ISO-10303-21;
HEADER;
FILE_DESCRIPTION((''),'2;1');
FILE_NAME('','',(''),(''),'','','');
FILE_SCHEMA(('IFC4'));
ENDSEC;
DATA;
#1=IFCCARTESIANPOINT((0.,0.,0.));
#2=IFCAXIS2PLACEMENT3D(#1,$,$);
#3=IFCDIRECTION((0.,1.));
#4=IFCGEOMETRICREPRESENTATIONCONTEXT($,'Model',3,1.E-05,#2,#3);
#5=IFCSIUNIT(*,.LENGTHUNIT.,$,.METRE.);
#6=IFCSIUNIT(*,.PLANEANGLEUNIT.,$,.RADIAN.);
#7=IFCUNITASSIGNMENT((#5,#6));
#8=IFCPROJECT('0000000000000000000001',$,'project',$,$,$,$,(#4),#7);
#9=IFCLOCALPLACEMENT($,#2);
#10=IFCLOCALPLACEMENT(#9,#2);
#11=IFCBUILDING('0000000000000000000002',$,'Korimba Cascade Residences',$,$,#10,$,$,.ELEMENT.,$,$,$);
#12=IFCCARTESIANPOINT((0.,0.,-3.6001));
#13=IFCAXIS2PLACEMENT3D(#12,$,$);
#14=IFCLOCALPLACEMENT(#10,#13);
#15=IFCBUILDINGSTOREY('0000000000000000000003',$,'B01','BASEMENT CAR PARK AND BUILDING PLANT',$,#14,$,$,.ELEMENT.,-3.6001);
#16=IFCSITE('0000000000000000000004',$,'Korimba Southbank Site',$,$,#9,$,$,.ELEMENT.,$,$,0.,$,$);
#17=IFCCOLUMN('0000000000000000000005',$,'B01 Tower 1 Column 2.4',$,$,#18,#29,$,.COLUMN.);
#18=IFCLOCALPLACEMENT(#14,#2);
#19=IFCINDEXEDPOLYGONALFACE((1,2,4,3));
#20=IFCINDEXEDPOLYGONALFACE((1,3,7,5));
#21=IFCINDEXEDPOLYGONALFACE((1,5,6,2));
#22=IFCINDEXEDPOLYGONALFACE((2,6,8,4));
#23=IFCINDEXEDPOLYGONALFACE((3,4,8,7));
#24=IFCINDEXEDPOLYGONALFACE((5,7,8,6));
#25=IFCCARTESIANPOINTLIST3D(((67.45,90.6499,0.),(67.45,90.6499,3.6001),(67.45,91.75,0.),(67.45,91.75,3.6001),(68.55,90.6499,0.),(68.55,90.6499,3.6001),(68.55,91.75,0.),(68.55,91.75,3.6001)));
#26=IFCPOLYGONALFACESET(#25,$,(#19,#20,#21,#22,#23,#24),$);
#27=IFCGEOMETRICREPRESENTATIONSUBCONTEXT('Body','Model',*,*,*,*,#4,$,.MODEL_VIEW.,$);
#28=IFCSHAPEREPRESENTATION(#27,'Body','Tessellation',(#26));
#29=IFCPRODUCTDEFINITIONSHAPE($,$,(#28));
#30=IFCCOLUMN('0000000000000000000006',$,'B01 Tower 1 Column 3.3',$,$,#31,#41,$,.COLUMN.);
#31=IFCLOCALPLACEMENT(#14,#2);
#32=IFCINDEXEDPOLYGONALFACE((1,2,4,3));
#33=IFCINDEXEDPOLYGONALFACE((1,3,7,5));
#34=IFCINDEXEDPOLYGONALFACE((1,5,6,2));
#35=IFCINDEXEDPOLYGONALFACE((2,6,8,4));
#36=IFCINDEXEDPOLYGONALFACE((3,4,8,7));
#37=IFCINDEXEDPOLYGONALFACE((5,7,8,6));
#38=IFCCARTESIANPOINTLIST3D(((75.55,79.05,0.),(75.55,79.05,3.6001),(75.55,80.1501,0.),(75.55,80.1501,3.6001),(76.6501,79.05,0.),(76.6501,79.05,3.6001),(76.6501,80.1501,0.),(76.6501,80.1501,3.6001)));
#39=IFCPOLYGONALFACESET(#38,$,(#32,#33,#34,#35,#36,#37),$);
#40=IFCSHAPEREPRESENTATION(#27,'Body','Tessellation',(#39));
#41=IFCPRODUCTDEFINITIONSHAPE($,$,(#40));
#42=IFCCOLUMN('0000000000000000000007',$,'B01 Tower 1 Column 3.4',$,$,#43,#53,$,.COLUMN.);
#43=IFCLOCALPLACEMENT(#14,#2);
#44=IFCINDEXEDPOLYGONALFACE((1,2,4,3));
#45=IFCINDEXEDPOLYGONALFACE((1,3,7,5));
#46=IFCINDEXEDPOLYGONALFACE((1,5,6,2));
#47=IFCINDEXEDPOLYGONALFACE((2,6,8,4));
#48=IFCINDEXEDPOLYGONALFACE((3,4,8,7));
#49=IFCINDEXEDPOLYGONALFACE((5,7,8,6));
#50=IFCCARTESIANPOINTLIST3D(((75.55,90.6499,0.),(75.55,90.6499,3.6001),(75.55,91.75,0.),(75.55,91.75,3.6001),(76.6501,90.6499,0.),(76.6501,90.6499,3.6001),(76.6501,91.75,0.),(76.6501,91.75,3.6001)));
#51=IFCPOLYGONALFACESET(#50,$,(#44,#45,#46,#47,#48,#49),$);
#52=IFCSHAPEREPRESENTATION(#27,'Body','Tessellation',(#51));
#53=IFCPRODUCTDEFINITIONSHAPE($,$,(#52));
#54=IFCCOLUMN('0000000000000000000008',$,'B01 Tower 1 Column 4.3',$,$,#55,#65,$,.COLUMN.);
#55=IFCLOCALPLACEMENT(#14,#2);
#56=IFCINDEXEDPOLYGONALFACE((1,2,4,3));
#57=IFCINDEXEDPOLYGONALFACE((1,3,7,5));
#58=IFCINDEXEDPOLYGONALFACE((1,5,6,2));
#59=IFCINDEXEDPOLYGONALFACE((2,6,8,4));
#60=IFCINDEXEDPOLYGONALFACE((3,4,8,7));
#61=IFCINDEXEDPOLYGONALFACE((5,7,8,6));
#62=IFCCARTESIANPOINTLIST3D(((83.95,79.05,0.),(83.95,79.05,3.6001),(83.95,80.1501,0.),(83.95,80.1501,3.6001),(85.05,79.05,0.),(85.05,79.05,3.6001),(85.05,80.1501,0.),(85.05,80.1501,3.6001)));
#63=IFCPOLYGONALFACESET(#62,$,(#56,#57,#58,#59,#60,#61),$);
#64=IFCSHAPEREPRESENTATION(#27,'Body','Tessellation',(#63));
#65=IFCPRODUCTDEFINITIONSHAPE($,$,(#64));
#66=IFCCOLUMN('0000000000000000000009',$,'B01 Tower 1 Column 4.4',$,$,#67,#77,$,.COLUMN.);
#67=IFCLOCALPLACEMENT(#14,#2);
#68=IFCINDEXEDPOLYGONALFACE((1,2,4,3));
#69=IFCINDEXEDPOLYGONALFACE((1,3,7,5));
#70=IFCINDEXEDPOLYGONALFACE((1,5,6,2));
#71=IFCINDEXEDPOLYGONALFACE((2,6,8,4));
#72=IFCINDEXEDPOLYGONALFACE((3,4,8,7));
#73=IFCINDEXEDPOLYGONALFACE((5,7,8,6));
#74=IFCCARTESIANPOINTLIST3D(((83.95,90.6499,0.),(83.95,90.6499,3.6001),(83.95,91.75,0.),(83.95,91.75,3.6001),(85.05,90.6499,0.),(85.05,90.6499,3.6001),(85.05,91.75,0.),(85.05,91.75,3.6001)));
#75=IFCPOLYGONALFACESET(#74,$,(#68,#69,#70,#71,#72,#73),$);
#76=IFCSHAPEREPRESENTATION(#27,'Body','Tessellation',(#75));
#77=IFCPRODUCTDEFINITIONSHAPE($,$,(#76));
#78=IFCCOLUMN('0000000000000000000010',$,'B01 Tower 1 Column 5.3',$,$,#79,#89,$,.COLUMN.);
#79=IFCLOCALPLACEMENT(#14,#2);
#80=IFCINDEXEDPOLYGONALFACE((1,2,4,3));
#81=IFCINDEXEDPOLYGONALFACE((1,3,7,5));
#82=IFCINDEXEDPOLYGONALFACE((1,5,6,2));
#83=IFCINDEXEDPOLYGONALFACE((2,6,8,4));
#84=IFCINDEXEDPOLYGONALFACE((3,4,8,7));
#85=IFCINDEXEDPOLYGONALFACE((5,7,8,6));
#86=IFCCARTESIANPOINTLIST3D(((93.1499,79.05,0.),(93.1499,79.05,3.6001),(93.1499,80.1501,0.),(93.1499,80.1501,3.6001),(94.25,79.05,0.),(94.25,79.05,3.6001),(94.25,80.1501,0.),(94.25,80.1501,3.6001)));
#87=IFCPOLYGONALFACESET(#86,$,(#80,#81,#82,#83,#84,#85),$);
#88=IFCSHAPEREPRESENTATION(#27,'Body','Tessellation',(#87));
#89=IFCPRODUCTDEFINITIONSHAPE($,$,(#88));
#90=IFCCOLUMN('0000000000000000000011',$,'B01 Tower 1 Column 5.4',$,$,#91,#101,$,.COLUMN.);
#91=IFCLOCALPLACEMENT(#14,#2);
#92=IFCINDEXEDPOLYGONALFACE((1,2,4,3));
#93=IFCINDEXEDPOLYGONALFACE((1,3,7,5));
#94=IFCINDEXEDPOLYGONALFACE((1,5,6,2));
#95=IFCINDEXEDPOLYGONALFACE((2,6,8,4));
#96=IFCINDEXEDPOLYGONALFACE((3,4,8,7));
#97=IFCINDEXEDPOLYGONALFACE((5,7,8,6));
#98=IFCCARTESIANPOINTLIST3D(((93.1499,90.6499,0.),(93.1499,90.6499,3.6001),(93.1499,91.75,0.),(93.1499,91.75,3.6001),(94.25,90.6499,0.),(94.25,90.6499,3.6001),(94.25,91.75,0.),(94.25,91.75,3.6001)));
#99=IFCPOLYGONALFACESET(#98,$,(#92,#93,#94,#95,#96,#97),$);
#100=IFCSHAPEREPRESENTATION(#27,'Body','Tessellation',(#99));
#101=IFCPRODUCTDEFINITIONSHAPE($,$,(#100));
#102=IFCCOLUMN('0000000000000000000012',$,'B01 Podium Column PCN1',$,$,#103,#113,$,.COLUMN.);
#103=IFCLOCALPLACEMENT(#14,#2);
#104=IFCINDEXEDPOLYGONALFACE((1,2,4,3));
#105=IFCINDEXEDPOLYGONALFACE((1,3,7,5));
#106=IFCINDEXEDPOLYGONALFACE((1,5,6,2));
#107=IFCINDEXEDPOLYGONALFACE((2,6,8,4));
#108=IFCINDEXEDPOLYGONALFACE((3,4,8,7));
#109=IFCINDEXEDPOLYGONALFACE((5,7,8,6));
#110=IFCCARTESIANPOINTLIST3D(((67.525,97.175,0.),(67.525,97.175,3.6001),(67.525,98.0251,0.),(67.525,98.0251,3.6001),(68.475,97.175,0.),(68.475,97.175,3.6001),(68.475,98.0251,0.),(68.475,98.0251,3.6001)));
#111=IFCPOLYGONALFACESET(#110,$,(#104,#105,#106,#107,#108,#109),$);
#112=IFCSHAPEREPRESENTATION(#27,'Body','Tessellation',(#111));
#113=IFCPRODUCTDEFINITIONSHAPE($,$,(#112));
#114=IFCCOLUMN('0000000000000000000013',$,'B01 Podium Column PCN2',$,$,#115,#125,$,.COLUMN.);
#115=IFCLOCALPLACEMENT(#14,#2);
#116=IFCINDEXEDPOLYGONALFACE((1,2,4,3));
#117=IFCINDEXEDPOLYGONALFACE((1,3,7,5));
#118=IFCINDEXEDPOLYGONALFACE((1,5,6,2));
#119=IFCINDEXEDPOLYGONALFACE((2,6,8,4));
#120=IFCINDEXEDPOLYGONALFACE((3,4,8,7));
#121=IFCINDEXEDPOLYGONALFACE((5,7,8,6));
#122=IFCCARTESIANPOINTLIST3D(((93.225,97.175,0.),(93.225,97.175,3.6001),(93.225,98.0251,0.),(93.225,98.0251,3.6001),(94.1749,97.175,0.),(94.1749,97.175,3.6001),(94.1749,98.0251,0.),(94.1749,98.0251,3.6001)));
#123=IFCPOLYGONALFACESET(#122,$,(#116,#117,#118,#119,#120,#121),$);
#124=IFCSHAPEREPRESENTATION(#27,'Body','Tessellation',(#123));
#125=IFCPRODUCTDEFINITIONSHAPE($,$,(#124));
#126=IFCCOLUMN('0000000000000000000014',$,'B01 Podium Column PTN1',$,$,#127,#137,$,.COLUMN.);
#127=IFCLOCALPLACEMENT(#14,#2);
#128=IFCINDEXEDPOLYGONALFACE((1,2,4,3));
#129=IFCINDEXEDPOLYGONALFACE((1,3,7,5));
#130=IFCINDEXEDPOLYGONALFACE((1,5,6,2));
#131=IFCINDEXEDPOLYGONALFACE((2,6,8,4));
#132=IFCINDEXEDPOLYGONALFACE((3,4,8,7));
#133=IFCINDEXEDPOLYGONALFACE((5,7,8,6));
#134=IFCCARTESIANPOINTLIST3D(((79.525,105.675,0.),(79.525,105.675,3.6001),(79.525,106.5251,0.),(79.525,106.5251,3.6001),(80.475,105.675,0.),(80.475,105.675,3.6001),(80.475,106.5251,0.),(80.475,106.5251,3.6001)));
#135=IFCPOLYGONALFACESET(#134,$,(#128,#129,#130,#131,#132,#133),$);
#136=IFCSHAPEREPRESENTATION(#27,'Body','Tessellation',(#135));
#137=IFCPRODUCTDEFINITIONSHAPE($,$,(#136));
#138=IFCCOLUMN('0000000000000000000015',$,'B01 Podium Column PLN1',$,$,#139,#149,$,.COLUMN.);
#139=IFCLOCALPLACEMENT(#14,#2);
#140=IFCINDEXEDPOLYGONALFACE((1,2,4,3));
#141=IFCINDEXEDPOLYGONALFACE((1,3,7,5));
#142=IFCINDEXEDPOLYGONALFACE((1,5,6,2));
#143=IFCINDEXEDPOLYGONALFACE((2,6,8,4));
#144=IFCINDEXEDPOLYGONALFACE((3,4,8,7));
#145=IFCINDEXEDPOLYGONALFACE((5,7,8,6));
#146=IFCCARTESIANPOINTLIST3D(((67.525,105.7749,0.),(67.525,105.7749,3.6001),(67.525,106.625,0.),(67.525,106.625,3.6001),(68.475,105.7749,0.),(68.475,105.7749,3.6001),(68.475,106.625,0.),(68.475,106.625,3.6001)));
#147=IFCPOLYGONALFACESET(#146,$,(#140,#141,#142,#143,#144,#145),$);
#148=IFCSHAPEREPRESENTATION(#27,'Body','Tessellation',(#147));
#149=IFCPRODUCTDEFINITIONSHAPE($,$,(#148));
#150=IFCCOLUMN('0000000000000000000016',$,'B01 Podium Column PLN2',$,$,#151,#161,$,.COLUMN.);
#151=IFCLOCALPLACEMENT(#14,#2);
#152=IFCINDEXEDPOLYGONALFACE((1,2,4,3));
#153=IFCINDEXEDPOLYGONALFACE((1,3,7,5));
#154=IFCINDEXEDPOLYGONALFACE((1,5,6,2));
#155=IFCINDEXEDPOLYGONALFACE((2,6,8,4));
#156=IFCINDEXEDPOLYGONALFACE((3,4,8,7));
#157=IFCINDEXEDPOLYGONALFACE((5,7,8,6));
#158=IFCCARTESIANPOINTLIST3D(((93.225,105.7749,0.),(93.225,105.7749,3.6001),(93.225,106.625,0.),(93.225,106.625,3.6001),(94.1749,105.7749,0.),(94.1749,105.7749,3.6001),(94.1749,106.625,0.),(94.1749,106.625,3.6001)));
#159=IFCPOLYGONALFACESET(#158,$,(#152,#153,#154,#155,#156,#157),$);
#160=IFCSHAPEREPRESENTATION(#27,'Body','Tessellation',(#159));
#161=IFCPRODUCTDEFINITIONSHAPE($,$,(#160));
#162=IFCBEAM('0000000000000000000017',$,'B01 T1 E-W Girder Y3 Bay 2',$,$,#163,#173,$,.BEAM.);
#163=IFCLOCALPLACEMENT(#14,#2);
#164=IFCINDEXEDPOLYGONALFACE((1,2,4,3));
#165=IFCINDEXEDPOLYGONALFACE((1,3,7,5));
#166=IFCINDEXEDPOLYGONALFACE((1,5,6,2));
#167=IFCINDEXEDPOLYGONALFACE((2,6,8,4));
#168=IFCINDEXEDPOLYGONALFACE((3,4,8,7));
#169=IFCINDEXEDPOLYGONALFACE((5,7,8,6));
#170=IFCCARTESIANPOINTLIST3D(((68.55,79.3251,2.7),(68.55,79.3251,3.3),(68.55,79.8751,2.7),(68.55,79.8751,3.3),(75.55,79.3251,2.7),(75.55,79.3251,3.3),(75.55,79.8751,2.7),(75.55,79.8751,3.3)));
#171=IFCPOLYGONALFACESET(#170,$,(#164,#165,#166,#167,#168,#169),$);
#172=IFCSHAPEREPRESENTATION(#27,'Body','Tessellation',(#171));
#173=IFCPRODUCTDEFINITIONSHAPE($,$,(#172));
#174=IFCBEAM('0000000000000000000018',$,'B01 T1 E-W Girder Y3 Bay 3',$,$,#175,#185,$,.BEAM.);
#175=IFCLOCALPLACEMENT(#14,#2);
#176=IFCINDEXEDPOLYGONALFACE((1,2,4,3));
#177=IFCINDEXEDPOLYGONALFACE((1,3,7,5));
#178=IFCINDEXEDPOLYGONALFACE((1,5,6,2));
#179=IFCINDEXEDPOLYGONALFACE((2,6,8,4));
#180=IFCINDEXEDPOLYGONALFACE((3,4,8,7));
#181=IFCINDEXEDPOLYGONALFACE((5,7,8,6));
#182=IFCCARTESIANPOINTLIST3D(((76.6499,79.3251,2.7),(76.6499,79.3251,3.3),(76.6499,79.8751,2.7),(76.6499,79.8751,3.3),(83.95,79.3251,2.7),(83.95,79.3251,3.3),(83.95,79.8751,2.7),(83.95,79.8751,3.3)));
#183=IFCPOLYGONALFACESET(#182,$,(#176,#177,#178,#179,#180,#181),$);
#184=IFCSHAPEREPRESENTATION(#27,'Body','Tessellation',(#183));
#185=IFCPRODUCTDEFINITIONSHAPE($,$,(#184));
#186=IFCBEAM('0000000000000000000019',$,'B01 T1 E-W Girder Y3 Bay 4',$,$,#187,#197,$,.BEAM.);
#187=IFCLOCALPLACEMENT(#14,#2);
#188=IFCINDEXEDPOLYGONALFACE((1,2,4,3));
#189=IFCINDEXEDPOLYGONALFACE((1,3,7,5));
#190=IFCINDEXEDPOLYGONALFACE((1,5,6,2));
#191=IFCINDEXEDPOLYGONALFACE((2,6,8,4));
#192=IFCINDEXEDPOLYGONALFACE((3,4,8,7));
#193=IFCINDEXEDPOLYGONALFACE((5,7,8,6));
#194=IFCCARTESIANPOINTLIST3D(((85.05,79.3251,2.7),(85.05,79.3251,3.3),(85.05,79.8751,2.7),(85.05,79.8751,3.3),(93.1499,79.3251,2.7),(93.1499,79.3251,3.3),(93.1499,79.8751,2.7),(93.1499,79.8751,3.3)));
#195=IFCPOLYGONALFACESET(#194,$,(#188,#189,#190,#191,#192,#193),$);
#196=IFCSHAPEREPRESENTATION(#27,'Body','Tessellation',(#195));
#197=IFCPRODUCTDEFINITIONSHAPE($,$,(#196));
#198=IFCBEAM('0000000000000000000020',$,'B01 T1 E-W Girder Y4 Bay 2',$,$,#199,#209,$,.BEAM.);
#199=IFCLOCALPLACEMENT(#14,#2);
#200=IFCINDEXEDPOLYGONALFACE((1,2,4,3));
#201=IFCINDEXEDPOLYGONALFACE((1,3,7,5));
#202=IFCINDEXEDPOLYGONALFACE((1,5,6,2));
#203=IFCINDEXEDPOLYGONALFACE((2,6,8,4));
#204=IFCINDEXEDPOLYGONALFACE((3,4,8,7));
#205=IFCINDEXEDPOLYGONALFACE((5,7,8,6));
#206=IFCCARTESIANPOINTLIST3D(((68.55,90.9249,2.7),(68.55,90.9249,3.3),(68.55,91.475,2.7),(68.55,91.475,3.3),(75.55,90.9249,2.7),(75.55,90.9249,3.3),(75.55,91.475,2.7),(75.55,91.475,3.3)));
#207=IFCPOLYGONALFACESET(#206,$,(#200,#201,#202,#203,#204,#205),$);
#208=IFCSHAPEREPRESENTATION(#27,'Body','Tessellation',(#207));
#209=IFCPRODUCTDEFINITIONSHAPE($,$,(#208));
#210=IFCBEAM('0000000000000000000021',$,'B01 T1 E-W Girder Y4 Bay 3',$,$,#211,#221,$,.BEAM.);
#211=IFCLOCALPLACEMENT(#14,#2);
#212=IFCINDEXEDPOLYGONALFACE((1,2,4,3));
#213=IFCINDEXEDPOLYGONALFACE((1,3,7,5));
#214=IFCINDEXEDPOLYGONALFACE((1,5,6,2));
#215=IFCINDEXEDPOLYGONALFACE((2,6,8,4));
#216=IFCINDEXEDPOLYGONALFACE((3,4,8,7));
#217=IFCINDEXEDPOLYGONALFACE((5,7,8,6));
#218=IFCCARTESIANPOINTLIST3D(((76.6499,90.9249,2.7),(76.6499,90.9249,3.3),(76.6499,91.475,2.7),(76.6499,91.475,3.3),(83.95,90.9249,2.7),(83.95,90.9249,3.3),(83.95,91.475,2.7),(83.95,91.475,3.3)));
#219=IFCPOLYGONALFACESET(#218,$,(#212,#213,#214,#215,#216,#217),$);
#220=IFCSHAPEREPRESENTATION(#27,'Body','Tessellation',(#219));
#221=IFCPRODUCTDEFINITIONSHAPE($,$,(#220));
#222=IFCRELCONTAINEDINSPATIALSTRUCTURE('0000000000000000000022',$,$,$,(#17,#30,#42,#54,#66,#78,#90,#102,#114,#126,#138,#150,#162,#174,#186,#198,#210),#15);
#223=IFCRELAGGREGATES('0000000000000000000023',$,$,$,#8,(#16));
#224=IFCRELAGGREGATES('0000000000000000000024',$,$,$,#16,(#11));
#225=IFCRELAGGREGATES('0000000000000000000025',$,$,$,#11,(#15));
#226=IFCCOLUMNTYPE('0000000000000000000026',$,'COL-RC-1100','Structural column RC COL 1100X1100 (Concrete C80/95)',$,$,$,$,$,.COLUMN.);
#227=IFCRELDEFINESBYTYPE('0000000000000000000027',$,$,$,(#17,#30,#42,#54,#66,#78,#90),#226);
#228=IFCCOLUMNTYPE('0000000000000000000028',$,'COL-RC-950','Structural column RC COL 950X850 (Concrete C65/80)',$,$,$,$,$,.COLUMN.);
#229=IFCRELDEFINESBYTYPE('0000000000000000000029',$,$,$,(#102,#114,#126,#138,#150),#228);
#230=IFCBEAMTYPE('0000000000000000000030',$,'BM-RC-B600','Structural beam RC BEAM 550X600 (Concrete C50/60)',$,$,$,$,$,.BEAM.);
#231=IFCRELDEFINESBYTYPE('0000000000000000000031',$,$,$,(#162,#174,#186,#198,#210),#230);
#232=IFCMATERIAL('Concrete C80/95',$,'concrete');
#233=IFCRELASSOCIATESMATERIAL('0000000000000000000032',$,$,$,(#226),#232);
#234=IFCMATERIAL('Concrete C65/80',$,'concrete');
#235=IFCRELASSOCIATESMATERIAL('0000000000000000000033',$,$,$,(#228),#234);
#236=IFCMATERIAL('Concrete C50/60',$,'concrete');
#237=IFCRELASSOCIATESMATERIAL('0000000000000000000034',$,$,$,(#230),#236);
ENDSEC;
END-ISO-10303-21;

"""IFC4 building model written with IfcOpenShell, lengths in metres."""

from ifc_helpers import new_model, si_unit, direction, frame, origin, origin_2d, place, context, subcontext, project, spatial, rectangle, extrude, material, material_profile, profile_set, type_object, element, save


model = new_model("IFC4")

# Units and contexts
model_context = context("Model", 3, precision=1e-05, world=origin(), true_north=direction((0.0, 1.0)))
body_context = subcontext(model_context, "Body", "Model", "MODEL_VIEW")
ifc_project = project(units=[si_unit("LENGTHUNIT", "METRE"), si_unit("PLANEANGLEUNIT", "RADIAN")], contexts=[model_context])

# Site, building, storey
site_placement = place(None, origin())
site = spatial("IfcSite", under=ifc_project, at=site_placement, Name="Korimba Southbank Site", CompositionType="ELEMENT", RefElevation=0.0)
building_placement = place(site_placement, origin())
building = spatial("IfcBuilding", under=site, at=building_placement, Name="Korimba Cascade Residences", CompositionType="ELEMENT")
storey_placement = place(building_placement, frame((0.0, 0.0, -3.6001)))
storey = spatial("IfcBuildingStorey", under=building, at=storey_placement, Name="B01", Description="BASEMENT CAR PARK AND BUILDING PLANT", CompositionType="ELEMENT", Elevation=-3.6001)

# Columns
ifc_material_1 = material(Name="Concrete C80/95", Category="concrete")
ifc_material_profile_1 = material_profile(ifc_material_1, rectangle(XDim=1.1001, YDim=1.1001, at=origin_2d()), Name="Concrete C80/95")
ifc_profile_set_1 = profile_set([ifc_material_profile_1], Name="Concrete C80/95")
column_type_1 = type_object("IfcColumnType", Name="COL-RC-1100", Description="Structural column RC COL 1100X1100 (Concrete C80/95)", PredefinedType="COLUMN", material=ifc_profile_set_1)
for number, where, z_axis, x_axis, name in (
    (1, (68.0, 91.2, 0.0), (0.0, 0.0, 1.0), (1.0, 0.0, 0.0), "B01 Tower 1 Column 2.4"),
    (2, (76.1001, 79.6001, 0.0), (0.0, 0.0, 1.0), (1.0, 0.0, 0.0), "B01 Tower 1 Column 3.3"),
    (3, (76.1001, 91.2, 0.0), (0.0, 0.0, 1.0), (1.0, 0.0, 0.0), "B01 Tower 1 Column 3.4"),
    (4, (84.5, 79.6001, 0.0), (0.0, 0.0, 1.0), (1.0, 0.0, 0.0), "B01 Tower 1 Column 4.3"),
    (5, (84.5, 91.2, 0.0), (0.0, 0.0, 1.0), (1.0, 0.0, 0.0), "B01 Tower 1 Column 4.4"),
    (6, (93.7, 79.6001, 0.0), (0.0, 0.0, 1.0), (1.0, 0.0, 0.0), "B01 Tower 1 Column 5.3"),
    (7, (93.7, 91.2, 0.0), (0.0, 0.0, 1.0), (1.0, 0.0, 0.0), "B01 Tower 1 Column 5.4"),
):
    element("IfcColumn", number, at=place(storey_placement, frame(where, z_axis=z_axis, x_axis=x_axis)), inside=storey, type_object=column_type_1, Name=name, PredefinedType="COLUMN", context=body_context, shape_type="SweptSolid", body=[
        extrude(rectangle(XDim=1.1001, YDim=1.1001, at=origin_2d()), origin(), (0.0, 0.0, 1.0), 3.6001),
    ])
ifc_material_2 = material(Name="Concrete C65/80", Category="concrete")
ifc_material_profile_2 = material_profile(ifc_material_2, rectangle(XDim=0.95, YDim=0.8501, at=origin_2d()), Name="Concrete C65/80")
ifc_profile_set_2 = profile_set([ifc_material_profile_2], Name="Concrete C65/80")
column_type_2 = type_object("IfcColumnType", Name="COL-RC-950", Description="Structural column RC COL 950X850 (Concrete C65/80)", PredefinedType="COLUMN", material=ifc_profile_set_2)
for number, where, z_axis, x_axis, name in (
    (8, (68.0, 97.6001, 0.0), (0.0, 0.0, 1.0), (1.0, 0.0, 0.0), "B01 Podium Column PCN1"),
    (9, (93.7, 97.6001, 0.0), (0.0, 0.0, 1.0), (1.0, 0.0, 0.0), "B01 Podium Column PCN2"),
    (10, (80.0, 106.1001, 0.0), (0.0, 0.0, 1.0), (1.0, 0.0, 0.0), "B01 Podium Column PTN1"),
    (11, (68.0, 106.2, 0.0), (0.0, 0.0, 1.0), (1.0, 0.0, 0.0), "B01 Podium Column PLN1"),
    (12, (93.7, 106.2, 0.0), (0.0, 0.0, 1.0), (1.0, 0.0, 0.0), "B01 Podium Column PLN2"),
):
    element("IfcColumn", number, at=place(storey_placement, frame(where, z_axis=z_axis, x_axis=x_axis)), inside=storey, type_object=column_type_2, Name=name, PredefinedType="COLUMN", context=body_context, shape_type="SweptSolid", body=[
        extrude(rectangle(XDim=0.95, YDim=0.8501, at=origin_2d()), origin(), (0.0, 0.0, 1.0), 3.6001),
    ])

# Beams
ifc_material_3 = material(Name="Concrete C50/60", Category="concrete")
ifc_material_profile_3 = material_profile(ifc_material_3, rectangle(XDim=0.55, YDim=0.6001, at=origin_2d()), Name="Concrete C50/60")
ifc_profile_set_3 = profile_set([ifc_material_profile_3], Name="Concrete C50/60")
beam_type_1 = type_object("IfcBeamType", Name="BM-RC-B600", Description="Structural beam RC BEAM 550X600 (Concrete C50/60)", PredefinedType="BEAM", material=ifc_profile_set_3)
beam_1_placement = place(storey_placement, frame((68.55, 79.6001, 3.0), z_axis=(1.0, 0.0, 0.0), x_axis=(0.0, 1.0, 0.0)))
element("IfcBeam", 13, at=beam_1_placement, inside=storey, type_object=beam_type_1, Name="B01 T1 E-W Girder Y3 Bay 2", PredefinedType="BEAM", context=body_context, shape_type="SweptSolid", body=[
    extrude(rectangle(XDim=0.55, YDim=0.6001, at=origin_2d()), origin(), (0.0, 0.0, 1.0), 7.0),
])
beam_2_placement = place(storey_placement, frame((76.6499, 79.6001, 3.0), z_axis=(1.0, 0.0, 0.0), x_axis=(0.0, 1.0, 0.0)))
element("IfcBeam", 14, at=beam_2_placement, inside=storey, type_object=beam_type_1, Name="B01 T1 E-W Girder Y3 Bay 3", PredefinedType="BEAM", context=body_context, shape_type="SweptSolid", body=[
    extrude(rectangle(XDim=0.55, YDim=0.6001, at=origin_2d()), origin(), (0.0, 0.0, 1.0), 7.3),
])
beam_3_placement = place(storey_placement, frame((85.05, 79.6001, 3.0), z_axis=(1.0, 0.0, 0.0), x_axis=(0.0, 1.0, 0.0)))
element("IfcBeam", 15, at=beam_3_placement, inside=storey, type_object=beam_type_1, Name="B01 T1 E-W Girder Y3 Bay 4", PredefinedType="BEAM", context=body_context, shape_type="SweptSolid", body=[
    extrude(rectangle(XDim=0.55, YDim=0.6001, at=origin_2d()), origin(), (0.0, 0.0, 1.0), 8.0999),
])
beam_4_placement = place(storey_placement, frame((68.55, 91.2, 3.0), z_axis=(1.0, 0.0, 0.0), x_axis=(0.0, 1.0, 0.0)))
element("IfcBeam", 16, at=beam_4_placement, inside=storey, type_object=beam_type_1, Name="B01 T1 E-W Girder Y4 Bay 2", PredefinedType="BEAM", context=body_context, shape_type="SweptSolid", body=[
    extrude(rectangle(XDim=0.55, YDim=0.6001, at=origin_2d()), origin(), (0.0, 0.0, 1.0), 7.0),
])
beam_5_placement = place(storey_placement, frame((76.6499, 91.2, 3.0), z_axis=(1.0, 0.0, 0.0), x_axis=(0.0, 1.0, 0.0)))
element("IfcBeam", 17, at=beam_5_placement, inside=storey, type_object=beam_type_1, Name="B01 T1 E-W Girder Y4 Bay 3", PredefinedType="BEAM", context=body_context, shape_type="SweptSolid", body=[
    extrude(rectangle(XDim=0.55, YDim=0.6001, at=origin_2d()), origin(), (0.0, 0.0, 1.0), 7.3),
])

save(model, "model.ifc")
